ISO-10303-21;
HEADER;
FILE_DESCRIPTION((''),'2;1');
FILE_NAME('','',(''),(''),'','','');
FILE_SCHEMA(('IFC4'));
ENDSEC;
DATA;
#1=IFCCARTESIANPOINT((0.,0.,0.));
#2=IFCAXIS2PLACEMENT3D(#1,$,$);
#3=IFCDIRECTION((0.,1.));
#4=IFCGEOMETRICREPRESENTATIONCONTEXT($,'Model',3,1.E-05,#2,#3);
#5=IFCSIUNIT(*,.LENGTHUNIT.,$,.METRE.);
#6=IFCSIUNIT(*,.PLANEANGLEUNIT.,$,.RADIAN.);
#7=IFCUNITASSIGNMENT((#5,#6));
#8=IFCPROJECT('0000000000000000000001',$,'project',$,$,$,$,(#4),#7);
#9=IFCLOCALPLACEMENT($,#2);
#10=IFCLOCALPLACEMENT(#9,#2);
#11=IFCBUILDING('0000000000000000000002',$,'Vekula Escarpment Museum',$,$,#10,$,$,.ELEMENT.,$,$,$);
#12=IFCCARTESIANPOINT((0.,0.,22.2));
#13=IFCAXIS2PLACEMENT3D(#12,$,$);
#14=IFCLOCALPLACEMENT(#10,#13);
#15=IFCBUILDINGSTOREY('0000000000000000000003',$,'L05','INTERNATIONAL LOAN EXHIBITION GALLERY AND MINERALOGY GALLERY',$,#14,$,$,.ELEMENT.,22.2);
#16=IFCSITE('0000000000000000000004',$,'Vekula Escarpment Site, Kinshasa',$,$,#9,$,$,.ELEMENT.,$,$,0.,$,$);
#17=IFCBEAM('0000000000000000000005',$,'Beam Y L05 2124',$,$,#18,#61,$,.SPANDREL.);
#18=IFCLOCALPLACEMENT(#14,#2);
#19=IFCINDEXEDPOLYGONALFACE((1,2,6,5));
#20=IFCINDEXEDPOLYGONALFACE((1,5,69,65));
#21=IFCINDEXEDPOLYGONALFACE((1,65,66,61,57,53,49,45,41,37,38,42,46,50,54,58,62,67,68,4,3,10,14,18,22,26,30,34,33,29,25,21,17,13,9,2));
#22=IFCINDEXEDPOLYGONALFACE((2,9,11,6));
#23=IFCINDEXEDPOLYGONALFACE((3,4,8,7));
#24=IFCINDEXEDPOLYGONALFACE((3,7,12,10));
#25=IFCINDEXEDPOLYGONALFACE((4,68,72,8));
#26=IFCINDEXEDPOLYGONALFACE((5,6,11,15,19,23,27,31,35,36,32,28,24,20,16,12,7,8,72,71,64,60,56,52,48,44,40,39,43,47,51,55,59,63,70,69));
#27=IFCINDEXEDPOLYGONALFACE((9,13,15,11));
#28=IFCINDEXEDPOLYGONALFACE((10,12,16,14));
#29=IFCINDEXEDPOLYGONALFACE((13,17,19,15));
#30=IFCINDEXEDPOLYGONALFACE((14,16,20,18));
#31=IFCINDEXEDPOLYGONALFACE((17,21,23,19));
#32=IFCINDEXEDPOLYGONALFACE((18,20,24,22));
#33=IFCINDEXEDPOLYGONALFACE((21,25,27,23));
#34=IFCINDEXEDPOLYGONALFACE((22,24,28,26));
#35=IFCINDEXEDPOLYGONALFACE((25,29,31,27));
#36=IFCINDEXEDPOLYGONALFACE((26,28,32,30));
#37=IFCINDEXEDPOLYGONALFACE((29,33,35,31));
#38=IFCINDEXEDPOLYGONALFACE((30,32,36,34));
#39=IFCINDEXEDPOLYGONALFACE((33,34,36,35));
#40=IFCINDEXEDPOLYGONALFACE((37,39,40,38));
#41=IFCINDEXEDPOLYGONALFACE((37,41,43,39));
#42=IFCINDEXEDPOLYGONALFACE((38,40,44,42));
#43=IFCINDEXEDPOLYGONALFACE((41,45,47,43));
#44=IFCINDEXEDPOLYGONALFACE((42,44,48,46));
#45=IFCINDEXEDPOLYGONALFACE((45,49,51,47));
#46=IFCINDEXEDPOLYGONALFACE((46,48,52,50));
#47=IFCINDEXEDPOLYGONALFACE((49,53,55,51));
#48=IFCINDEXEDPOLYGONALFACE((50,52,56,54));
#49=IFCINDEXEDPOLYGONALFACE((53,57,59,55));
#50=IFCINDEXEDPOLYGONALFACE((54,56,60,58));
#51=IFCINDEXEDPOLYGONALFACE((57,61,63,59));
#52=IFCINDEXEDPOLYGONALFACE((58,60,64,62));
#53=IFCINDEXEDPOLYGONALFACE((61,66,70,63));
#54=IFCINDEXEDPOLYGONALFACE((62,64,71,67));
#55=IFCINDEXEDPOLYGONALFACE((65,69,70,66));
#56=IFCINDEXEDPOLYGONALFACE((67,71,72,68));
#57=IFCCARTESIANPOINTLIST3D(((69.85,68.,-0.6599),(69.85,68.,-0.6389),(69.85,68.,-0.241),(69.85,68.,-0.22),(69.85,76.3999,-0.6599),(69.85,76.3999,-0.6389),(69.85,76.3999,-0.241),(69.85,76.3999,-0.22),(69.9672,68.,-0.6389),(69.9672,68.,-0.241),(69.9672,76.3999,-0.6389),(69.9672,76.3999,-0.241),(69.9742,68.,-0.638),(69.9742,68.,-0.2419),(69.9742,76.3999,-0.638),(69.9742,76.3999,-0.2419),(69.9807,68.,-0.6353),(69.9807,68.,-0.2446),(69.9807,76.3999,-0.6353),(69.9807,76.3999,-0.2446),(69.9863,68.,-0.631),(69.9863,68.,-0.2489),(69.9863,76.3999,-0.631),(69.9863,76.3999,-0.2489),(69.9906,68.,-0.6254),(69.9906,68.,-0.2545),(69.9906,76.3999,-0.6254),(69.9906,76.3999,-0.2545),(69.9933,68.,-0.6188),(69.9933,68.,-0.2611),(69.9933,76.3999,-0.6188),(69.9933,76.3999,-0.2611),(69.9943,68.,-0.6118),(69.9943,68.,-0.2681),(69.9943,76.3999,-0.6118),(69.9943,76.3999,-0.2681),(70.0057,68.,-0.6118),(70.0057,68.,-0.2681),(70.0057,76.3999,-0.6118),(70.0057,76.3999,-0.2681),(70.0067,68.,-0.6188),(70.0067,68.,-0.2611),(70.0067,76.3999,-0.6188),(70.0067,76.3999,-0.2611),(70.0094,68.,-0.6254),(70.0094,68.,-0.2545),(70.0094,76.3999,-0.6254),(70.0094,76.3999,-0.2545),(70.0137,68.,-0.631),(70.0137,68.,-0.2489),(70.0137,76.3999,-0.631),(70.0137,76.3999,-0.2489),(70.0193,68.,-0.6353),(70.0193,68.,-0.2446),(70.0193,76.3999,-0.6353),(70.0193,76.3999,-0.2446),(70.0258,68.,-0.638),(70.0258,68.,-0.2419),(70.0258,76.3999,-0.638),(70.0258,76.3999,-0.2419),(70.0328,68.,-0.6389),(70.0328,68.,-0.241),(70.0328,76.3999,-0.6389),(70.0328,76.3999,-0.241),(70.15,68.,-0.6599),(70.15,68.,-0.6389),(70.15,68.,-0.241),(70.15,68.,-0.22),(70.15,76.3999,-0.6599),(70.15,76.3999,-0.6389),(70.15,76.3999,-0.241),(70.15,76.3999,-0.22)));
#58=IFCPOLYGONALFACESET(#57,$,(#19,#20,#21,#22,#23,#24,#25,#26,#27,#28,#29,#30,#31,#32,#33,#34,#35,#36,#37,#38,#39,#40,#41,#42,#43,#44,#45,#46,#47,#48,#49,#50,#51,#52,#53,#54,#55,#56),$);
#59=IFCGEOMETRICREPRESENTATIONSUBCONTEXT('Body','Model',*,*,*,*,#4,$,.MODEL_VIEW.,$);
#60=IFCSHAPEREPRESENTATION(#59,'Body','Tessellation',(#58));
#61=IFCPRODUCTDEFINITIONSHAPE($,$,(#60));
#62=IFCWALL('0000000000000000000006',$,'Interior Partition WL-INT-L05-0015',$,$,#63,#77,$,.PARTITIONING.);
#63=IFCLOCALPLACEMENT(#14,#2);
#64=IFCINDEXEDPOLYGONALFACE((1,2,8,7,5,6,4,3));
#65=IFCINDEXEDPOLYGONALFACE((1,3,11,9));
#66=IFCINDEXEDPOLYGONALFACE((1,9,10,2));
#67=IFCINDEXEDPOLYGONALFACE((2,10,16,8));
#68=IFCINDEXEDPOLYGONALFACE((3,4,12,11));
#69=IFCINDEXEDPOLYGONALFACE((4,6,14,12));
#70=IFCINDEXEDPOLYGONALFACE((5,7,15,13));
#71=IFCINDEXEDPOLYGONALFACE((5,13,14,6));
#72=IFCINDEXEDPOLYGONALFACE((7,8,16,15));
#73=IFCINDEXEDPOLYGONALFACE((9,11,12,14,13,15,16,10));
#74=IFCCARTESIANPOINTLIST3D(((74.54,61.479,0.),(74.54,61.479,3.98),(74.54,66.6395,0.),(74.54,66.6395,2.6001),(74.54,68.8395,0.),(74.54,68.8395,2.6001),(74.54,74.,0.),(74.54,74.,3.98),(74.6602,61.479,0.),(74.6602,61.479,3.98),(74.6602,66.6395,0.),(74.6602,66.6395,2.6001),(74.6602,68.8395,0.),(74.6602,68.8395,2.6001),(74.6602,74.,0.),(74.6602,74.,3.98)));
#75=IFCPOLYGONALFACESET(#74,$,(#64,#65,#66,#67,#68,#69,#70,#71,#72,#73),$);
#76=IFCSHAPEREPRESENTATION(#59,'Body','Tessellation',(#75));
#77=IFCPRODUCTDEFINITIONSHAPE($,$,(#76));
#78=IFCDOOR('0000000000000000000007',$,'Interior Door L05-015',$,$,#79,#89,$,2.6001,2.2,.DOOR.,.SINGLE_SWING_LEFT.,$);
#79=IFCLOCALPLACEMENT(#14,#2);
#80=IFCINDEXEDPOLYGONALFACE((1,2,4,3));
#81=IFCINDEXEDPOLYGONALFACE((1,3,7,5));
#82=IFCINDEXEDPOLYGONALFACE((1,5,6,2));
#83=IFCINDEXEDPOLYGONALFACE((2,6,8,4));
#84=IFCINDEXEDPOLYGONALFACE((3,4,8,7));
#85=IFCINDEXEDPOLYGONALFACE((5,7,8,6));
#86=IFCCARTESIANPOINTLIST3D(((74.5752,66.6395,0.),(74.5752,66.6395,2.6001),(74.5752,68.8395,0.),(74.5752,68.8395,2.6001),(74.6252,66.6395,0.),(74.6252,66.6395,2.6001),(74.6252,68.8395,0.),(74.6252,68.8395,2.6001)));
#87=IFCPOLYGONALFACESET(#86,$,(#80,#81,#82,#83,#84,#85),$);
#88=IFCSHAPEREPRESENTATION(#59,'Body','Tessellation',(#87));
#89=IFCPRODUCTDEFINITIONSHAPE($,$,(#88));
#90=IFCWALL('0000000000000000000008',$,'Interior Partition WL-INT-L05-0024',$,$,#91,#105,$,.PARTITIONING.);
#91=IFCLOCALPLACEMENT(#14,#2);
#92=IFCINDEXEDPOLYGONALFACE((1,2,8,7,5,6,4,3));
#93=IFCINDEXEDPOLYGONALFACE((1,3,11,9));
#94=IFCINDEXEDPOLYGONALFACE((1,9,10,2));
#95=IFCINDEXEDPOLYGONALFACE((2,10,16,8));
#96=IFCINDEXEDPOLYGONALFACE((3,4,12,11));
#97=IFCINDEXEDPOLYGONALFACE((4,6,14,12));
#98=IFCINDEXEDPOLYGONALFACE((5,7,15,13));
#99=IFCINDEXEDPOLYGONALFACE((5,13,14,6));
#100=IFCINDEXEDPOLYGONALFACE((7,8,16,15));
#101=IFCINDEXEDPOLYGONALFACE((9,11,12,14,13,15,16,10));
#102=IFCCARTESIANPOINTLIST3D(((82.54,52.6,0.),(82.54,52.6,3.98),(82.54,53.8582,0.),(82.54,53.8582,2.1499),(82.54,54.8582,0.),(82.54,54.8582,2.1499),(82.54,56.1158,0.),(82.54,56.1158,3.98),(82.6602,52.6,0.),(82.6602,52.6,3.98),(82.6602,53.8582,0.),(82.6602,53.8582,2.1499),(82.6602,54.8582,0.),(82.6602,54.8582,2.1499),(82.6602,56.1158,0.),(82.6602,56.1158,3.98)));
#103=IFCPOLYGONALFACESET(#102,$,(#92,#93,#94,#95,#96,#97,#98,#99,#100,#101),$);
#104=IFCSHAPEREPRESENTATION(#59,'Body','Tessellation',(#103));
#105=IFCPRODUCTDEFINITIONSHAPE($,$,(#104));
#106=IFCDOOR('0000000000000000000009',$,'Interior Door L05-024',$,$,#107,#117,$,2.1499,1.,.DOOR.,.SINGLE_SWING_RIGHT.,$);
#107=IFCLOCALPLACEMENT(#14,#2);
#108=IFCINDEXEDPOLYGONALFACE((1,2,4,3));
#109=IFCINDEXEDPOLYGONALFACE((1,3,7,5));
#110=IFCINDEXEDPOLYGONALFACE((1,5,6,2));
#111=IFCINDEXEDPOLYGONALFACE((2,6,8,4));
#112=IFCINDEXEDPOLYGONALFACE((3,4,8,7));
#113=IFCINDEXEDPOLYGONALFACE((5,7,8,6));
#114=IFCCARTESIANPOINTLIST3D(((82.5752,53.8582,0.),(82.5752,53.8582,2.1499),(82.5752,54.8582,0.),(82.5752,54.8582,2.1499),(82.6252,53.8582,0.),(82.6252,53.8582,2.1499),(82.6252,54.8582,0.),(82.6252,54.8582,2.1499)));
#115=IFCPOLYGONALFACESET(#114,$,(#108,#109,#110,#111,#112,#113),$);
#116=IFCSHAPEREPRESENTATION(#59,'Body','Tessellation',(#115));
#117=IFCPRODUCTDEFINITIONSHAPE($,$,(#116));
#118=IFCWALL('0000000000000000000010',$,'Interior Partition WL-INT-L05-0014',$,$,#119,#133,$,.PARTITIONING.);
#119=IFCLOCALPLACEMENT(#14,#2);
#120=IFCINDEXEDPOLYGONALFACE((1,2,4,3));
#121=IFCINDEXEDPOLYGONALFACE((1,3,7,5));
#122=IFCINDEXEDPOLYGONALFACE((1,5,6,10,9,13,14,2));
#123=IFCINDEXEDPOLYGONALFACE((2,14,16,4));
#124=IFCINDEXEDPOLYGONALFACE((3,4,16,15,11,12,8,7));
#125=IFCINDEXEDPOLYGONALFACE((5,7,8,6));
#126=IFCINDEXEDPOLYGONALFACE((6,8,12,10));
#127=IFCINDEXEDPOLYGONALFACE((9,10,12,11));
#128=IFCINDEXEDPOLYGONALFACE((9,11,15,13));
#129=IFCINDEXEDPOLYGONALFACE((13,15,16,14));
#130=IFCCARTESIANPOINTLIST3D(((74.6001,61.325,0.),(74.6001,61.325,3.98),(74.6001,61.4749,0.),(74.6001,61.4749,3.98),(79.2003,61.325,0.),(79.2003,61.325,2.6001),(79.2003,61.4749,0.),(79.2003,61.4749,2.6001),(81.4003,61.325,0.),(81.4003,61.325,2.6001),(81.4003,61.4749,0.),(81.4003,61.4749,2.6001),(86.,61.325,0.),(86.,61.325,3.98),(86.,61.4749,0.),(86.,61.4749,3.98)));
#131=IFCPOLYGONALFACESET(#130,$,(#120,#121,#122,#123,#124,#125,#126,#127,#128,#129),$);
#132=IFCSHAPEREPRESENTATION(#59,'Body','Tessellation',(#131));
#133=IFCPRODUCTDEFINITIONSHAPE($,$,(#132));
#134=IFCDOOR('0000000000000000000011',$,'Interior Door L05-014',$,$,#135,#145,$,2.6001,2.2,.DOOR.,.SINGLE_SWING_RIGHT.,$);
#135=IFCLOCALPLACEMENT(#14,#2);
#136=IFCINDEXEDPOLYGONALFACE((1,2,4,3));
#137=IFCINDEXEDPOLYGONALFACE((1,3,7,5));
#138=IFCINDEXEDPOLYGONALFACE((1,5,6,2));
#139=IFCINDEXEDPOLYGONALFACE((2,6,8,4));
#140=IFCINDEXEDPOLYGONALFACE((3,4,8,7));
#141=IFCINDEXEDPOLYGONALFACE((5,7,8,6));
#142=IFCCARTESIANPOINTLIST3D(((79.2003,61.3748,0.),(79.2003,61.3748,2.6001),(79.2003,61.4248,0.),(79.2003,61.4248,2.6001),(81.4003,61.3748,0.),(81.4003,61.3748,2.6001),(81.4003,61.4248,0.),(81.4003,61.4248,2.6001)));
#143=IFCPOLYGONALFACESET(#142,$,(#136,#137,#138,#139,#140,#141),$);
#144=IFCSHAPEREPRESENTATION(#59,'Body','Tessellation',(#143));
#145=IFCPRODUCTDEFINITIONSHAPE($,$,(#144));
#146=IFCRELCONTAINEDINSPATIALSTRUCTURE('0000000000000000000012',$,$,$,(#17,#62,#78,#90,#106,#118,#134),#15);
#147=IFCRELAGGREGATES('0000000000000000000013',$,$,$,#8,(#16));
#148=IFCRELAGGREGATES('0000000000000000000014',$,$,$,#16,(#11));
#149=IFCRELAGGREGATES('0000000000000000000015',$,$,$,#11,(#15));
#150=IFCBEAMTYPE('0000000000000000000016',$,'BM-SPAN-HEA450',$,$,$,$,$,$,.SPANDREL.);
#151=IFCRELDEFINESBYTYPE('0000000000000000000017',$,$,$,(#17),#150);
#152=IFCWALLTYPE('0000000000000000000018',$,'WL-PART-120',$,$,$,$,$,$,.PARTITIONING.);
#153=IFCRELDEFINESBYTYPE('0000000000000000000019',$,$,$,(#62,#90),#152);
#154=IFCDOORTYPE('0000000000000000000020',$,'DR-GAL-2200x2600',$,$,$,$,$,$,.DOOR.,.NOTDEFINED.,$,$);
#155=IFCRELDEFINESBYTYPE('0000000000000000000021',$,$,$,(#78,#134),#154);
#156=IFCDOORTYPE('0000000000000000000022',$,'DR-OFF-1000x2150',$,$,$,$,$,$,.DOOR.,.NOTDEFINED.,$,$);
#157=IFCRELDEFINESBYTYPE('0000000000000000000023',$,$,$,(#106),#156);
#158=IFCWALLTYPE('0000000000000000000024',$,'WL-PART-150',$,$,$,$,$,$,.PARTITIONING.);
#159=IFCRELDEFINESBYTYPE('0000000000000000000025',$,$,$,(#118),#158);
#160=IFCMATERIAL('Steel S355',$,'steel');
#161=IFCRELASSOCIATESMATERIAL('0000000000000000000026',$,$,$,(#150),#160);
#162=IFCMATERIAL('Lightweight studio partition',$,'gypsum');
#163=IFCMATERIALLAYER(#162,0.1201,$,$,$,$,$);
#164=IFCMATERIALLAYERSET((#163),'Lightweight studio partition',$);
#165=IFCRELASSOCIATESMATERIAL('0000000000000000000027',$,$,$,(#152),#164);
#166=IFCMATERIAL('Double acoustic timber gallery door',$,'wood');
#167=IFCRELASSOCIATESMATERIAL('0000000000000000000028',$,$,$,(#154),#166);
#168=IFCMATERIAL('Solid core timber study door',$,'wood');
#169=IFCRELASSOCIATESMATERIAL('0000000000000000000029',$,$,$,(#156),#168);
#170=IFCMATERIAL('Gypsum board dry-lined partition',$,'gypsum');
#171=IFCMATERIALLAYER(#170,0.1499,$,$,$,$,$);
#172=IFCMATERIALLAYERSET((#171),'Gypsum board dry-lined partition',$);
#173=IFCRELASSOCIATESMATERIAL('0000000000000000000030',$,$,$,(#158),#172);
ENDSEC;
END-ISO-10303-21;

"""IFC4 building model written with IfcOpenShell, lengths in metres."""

from ifc_helpers import new_model, si_unit, direction, frame, frame_2d, origin, origin_2d, place, context, subcontext, project, spatial, rectangle, i_section, extrude, material, layer, layer_set, material_profile, profile_set, type_object, element, fill, save


model = new_model("IFC4")

# Units and contexts
model_context = context("Model", 3, precision=1e-05, world=origin(), true_north=direction((0.0, 1.0)))
body_context = subcontext(model_context, "Body", "Model", "MODEL_VIEW")
ifc_project = project(units=[si_unit("LENGTHUNIT", "METRE"), si_unit("PLANEANGLEUNIT", "RADIAN")], contexts=[model_context])

# Site, building, storey
site_placement = place(None, origin())
site = spatial("IfcSite", under=ifc_project, at=site_placement, Name="Vekula Escarpment Site, Kinshasa", CompositionType="ELEMENT", RefElevation=0.0)
building_placement = place(site_placement, origin())
building = spatial("IfcBuilding", under=site, at=building_placement, Name="Vekula Escarpment Museum", CompositionType="ELEMENT")
storey_placement = place(building_placement, frame((0.0, 0.0, 22.2)))
storey = spatial("IfcBuildingStorey", under=building, at=storey_placement, Name="L05", Description="INTERNATIONAL LOAN EXHIBITION GALLERY AND MINERALOGY GALLERY", CompositionType="ELEMENT", Elevation=22.2)

# Beam
ifc_material_1 = material(Name="Steel S355", Category="steel")
ifc_material_profile_1 = material_profile(ifc_material_1, i_section(OverallWidth=0.3, OverallDepth=0.4399, WebThickness=0.0115, FlangeThickness=0.021, FilletRadius=0.0271, at=origin_2d()), Name="HEA 450")
ifc_profile_set_1 = profile_set([ifc_material_profile_1], Name="Steel S355")
beam_type_1 = type_object("IfcBeamType", Name="BM-SPAN-HEA450", PredefinedType="SPANDREL", material=ifc_profile_set_1)
for number, where, z_axis, x_axis, name in (
    (1, (70.0, 68.0, -0.4399), (0.0, 1.0, 0.0), (-1.0, 0.0, 0.0), "Beam Y L05 2124"),
):
    element("IfcBeam", number, at=place(storey_placement, frame(where, z_axis=z_axis, x_axis=x_axis)), inside=storey, type_object=beam_type_1, Name=name, PredefinedType="SPANDREL", context=body_context, shape_type="SweptSolid", body=[
        extrude(i_section(OverallWidth=0.3, OverallDepth=0.4399, WebThickness=0.0115, FlangeThickness=0.021, FilletRadius=0.0271, at=origin_2d()), origin(), (0.0, 0.0, 1.0), 8.3999),
    ])

# Walls, openings, doors
ifc_material_2 = material(Name="Lightweight studio partition", Category="gypsum")
ifc_layer_1 = layer(ifc_material_2, 0.1201)
ifc_layer_set_1 = layer_set([ifc_layer_1], Name="Lightweight studio partition")
wall_type_1 = type_object("IfcWallType", Name="WL-PART-120", PredefinedType="PARTITIONING", material=ifc_layer_set_1)
wall_1_placement = place(storey_placement, frame((74.6001, 61.479, 0.0), z_axis=(0.0, 0.0, 1.0), x_axis=(0.0, 1.0, 0.0)))
wall_1 = element("IfcWall", 2, at=wall_1_placement, inside=storey, type_object=wall_type_1, Name="Interior Partition WL-INT-L05-0015", PredefinedType="PARTITIONING", context=body_context, shape_type="SweptSolid", body=[
    extrude(rectangle(XDim=12.521, YDim=0.1201, at=frame_2d((6.2605, 0.0))), origin(), (0.0, 0.0, 1.0), 3.98),
])
opening_1_placement = place(wall_1_placement, frame((5.1604, 0.0, 0.0)))
opening_1 = element("IfcOpeningElement", 3, at=opening_1_placement, cuts=wall_1, PredefinedType="OPENING", context=body_context, shape_type="SweptSolid", body=[
    extrude(rectangle(XDim=2.2, YDim=2.6001, at=frame_2d((1.1001, 1.3))), frame((0.0, 0.0701, 0.0), z_axis=(0.0, -1.0, 0.0), x_axis=(1.0, 0.0, 0.0)), (0.0, 0.0, 1.0), 0.1401),
])
ifc_material_3 = material(Name="Double acoustic timber gallery door", Category="wood")
door_type_1 = type_object("IfcDoorType", Name="DR-GAL-2200x2600", OperationType="NOTDEFINED", PredefinedType="DOOR", material=ifc_material_3)
door_1_placement = place(opening_1_placement, origin())
door_1 = element("IfcDoor", 4, at=door_1_placement, inside=storey, type_object=door_type_1, Name="Interior Door L05-015", OperationType="SINGLE_SWING_LEFT", OverallHeight=2.6001, OverallWidth=2.2, PredefinedType="DOOR", context=body_context, shape_type="SweptSolid", body=[
    extrude(rectangle(XDim=2.2, YDim=2.6001, at=frame_2d((1.1001, 1.3))), frame((0.0, 0.0249, 0.0), z_axis=(0.0, -1.0, 0.0), x_axis=(1.0, 0.0, 0.0)), (0.0, 0.0, 1.0), 0.05),
])
fill(opening_1, door_1)
wall_2_placement = place(storey_placement, frame((82.6001, 52.6001, 0.0), z_axis=(0.0, 0.0, 1.0), x_axis=(0.0, 1.0, 0.0)))
wall_2 = element("IfcWall", 5, at=wall_2_placement, inside=storey, type_object=wall_type_1, Name="Interior Partition WL-INT-L05-0024", PredefinedType="PARTITIONING", context=body_context, shape_type="SweptSolid", body=[
    extrude(rectangle(XDim=3.5159, YDim=0.1201, at=frame_2d((1.7578, 0.0))), origin(), (0.0, 0.0, 1.0), 3.98),
])
opening_2_placement = place(wall_2_placement, frame((1.2581, 0.0, 0.0)))
opening_2 = element("IfcOpeningElement", 6, at=opening_2_placement, cuts=wall_2, PredefinedType="OPENING", context=body_context, shape_type="SweptSolid", body=[
    extrude(rectangle(XDim=1.0, YDim=2.1499, at=frame_2d((0.5, 1.075))), frame((0.0, 0.0701, 0.0), z_axis=(0.0, -1.0, 0.0), x_axis=(1.0, 0.0, 0.0)), (0.0, 0.0, 1.0), 0.1401),
])
ifc_material_4 = material(Name="Solid core timber study door", Category="wood")
door_type_2 = type_object("IfcDoorType", Name="DR-OFF-1000x2150", OperationType="NOTDEFINED", PredefinedType="DOOR", material=ifc_material_4)
door_2_placement = place(opening_2_placement, origin())
door_2 = element("IfcDoor", 7, at=door_2_placement, inside=storey, type_object=door_type_2, Name="Interior Door L05-024", OperationType="SINGLE_SWING_RIGHT", OverallHeight=2.1499, OverallWidth=1.0, PredefinedType="DOOR", context=body_context, shape_type="SweptSolid", body=[
    extrude(rectangle(XDim=1.0, YDim=2.1499, at=frame_2d((0.5, 1.075))), frame((0.0, 0.0249, 0.0), z_axis=(0.0, -1.0, 0.0), x_axis=(1.0, 0.0, 0.0)), (0.0, 0.0, 1.0), 0.05),
])
fill(opening_2, door_2)
ifc_material_5 = material(Name="Gypsum board dry-lined partition", Category="gypsum")
ifc_layer_2 = layer(ifc_material_5, 0.1499)
ifc_layer_set_2 = layer_set([ifc_layer_2], Name="Gypsum board dry-lined partition")
wall_type_2 = type_object("IfcWallType", Name="WL-PART-150", PredefinedType="PARTITIONING", material=ifc_layer_set_2)
wall_3_placement = place(storey_placement, frame((74.6001, 61.3999, 0.0), z_axis=(0.0, 0.0, 1.0), x_axis=(1.0, 0.0, 0.0)))
wall_3 = element("IfcWall", 8, at=wall_3_placement, inside=storey, type_object=wall_type_2, Name="Interior Partition WL-INT-L05-0014", PredefinedType="PARTITIONING", context=body_context, shape_type="SweptSolid", body=[
    extrude(rectangle(XDim=11.3999, YDim=0.1499, at=frame_2d((5.7, 0.0))), origin(), (0.0, 0.0, 1.0), 3.98),
])
opening_3_placement = place(wall_3_placement, frame((4.6001, 0.0, 0.0)))
opening_3 = element("IfcOpeningElement", 9, at=opening_3_placement, cuts=wall_3, PredefinedType="OPENING", context=body_context, shape_type="SweptSolid", body=[
    extrude(rectangle(XDim=2.2, YDim=2.6001, at=frame_2d((1.1001, 1.3))), frame((0.0, 0.085, 0.0), z_axis=(0.0, -1.0, 0.0), x_axis=(1.0, 0.0, 0.0)), (0.0, 0.0, 1.0), 0.1699),
])
door_3_placement = place(opening_3_placement, origin())
door_3 = element("IfcDoor", 10, at=door_3_placement, inside=storey, type_object=door_type_1, Name="Interior Door L05-014", OperationType="SINGLE_SWING_RIGHT", OverallHeight=2.6001, OverallWidth=2.2, PredefinedType="DOOR", context=body_context, shape_type="SweptSolid", body=[
    extrude(rectangle(XDim=2.2, YDim=2.6001, at=frame_2d((1.1001, 1.3))), frame((0.0, 0.0249, 0.0), z_axis=(0.0, -1.0, 0.0), x_axis=(1.0, 0.0, 0.0)), (0.0, 0.0, 1.0), 0.05),
])
fill(opening_3, door_3)

save(model, "model.ifc")
